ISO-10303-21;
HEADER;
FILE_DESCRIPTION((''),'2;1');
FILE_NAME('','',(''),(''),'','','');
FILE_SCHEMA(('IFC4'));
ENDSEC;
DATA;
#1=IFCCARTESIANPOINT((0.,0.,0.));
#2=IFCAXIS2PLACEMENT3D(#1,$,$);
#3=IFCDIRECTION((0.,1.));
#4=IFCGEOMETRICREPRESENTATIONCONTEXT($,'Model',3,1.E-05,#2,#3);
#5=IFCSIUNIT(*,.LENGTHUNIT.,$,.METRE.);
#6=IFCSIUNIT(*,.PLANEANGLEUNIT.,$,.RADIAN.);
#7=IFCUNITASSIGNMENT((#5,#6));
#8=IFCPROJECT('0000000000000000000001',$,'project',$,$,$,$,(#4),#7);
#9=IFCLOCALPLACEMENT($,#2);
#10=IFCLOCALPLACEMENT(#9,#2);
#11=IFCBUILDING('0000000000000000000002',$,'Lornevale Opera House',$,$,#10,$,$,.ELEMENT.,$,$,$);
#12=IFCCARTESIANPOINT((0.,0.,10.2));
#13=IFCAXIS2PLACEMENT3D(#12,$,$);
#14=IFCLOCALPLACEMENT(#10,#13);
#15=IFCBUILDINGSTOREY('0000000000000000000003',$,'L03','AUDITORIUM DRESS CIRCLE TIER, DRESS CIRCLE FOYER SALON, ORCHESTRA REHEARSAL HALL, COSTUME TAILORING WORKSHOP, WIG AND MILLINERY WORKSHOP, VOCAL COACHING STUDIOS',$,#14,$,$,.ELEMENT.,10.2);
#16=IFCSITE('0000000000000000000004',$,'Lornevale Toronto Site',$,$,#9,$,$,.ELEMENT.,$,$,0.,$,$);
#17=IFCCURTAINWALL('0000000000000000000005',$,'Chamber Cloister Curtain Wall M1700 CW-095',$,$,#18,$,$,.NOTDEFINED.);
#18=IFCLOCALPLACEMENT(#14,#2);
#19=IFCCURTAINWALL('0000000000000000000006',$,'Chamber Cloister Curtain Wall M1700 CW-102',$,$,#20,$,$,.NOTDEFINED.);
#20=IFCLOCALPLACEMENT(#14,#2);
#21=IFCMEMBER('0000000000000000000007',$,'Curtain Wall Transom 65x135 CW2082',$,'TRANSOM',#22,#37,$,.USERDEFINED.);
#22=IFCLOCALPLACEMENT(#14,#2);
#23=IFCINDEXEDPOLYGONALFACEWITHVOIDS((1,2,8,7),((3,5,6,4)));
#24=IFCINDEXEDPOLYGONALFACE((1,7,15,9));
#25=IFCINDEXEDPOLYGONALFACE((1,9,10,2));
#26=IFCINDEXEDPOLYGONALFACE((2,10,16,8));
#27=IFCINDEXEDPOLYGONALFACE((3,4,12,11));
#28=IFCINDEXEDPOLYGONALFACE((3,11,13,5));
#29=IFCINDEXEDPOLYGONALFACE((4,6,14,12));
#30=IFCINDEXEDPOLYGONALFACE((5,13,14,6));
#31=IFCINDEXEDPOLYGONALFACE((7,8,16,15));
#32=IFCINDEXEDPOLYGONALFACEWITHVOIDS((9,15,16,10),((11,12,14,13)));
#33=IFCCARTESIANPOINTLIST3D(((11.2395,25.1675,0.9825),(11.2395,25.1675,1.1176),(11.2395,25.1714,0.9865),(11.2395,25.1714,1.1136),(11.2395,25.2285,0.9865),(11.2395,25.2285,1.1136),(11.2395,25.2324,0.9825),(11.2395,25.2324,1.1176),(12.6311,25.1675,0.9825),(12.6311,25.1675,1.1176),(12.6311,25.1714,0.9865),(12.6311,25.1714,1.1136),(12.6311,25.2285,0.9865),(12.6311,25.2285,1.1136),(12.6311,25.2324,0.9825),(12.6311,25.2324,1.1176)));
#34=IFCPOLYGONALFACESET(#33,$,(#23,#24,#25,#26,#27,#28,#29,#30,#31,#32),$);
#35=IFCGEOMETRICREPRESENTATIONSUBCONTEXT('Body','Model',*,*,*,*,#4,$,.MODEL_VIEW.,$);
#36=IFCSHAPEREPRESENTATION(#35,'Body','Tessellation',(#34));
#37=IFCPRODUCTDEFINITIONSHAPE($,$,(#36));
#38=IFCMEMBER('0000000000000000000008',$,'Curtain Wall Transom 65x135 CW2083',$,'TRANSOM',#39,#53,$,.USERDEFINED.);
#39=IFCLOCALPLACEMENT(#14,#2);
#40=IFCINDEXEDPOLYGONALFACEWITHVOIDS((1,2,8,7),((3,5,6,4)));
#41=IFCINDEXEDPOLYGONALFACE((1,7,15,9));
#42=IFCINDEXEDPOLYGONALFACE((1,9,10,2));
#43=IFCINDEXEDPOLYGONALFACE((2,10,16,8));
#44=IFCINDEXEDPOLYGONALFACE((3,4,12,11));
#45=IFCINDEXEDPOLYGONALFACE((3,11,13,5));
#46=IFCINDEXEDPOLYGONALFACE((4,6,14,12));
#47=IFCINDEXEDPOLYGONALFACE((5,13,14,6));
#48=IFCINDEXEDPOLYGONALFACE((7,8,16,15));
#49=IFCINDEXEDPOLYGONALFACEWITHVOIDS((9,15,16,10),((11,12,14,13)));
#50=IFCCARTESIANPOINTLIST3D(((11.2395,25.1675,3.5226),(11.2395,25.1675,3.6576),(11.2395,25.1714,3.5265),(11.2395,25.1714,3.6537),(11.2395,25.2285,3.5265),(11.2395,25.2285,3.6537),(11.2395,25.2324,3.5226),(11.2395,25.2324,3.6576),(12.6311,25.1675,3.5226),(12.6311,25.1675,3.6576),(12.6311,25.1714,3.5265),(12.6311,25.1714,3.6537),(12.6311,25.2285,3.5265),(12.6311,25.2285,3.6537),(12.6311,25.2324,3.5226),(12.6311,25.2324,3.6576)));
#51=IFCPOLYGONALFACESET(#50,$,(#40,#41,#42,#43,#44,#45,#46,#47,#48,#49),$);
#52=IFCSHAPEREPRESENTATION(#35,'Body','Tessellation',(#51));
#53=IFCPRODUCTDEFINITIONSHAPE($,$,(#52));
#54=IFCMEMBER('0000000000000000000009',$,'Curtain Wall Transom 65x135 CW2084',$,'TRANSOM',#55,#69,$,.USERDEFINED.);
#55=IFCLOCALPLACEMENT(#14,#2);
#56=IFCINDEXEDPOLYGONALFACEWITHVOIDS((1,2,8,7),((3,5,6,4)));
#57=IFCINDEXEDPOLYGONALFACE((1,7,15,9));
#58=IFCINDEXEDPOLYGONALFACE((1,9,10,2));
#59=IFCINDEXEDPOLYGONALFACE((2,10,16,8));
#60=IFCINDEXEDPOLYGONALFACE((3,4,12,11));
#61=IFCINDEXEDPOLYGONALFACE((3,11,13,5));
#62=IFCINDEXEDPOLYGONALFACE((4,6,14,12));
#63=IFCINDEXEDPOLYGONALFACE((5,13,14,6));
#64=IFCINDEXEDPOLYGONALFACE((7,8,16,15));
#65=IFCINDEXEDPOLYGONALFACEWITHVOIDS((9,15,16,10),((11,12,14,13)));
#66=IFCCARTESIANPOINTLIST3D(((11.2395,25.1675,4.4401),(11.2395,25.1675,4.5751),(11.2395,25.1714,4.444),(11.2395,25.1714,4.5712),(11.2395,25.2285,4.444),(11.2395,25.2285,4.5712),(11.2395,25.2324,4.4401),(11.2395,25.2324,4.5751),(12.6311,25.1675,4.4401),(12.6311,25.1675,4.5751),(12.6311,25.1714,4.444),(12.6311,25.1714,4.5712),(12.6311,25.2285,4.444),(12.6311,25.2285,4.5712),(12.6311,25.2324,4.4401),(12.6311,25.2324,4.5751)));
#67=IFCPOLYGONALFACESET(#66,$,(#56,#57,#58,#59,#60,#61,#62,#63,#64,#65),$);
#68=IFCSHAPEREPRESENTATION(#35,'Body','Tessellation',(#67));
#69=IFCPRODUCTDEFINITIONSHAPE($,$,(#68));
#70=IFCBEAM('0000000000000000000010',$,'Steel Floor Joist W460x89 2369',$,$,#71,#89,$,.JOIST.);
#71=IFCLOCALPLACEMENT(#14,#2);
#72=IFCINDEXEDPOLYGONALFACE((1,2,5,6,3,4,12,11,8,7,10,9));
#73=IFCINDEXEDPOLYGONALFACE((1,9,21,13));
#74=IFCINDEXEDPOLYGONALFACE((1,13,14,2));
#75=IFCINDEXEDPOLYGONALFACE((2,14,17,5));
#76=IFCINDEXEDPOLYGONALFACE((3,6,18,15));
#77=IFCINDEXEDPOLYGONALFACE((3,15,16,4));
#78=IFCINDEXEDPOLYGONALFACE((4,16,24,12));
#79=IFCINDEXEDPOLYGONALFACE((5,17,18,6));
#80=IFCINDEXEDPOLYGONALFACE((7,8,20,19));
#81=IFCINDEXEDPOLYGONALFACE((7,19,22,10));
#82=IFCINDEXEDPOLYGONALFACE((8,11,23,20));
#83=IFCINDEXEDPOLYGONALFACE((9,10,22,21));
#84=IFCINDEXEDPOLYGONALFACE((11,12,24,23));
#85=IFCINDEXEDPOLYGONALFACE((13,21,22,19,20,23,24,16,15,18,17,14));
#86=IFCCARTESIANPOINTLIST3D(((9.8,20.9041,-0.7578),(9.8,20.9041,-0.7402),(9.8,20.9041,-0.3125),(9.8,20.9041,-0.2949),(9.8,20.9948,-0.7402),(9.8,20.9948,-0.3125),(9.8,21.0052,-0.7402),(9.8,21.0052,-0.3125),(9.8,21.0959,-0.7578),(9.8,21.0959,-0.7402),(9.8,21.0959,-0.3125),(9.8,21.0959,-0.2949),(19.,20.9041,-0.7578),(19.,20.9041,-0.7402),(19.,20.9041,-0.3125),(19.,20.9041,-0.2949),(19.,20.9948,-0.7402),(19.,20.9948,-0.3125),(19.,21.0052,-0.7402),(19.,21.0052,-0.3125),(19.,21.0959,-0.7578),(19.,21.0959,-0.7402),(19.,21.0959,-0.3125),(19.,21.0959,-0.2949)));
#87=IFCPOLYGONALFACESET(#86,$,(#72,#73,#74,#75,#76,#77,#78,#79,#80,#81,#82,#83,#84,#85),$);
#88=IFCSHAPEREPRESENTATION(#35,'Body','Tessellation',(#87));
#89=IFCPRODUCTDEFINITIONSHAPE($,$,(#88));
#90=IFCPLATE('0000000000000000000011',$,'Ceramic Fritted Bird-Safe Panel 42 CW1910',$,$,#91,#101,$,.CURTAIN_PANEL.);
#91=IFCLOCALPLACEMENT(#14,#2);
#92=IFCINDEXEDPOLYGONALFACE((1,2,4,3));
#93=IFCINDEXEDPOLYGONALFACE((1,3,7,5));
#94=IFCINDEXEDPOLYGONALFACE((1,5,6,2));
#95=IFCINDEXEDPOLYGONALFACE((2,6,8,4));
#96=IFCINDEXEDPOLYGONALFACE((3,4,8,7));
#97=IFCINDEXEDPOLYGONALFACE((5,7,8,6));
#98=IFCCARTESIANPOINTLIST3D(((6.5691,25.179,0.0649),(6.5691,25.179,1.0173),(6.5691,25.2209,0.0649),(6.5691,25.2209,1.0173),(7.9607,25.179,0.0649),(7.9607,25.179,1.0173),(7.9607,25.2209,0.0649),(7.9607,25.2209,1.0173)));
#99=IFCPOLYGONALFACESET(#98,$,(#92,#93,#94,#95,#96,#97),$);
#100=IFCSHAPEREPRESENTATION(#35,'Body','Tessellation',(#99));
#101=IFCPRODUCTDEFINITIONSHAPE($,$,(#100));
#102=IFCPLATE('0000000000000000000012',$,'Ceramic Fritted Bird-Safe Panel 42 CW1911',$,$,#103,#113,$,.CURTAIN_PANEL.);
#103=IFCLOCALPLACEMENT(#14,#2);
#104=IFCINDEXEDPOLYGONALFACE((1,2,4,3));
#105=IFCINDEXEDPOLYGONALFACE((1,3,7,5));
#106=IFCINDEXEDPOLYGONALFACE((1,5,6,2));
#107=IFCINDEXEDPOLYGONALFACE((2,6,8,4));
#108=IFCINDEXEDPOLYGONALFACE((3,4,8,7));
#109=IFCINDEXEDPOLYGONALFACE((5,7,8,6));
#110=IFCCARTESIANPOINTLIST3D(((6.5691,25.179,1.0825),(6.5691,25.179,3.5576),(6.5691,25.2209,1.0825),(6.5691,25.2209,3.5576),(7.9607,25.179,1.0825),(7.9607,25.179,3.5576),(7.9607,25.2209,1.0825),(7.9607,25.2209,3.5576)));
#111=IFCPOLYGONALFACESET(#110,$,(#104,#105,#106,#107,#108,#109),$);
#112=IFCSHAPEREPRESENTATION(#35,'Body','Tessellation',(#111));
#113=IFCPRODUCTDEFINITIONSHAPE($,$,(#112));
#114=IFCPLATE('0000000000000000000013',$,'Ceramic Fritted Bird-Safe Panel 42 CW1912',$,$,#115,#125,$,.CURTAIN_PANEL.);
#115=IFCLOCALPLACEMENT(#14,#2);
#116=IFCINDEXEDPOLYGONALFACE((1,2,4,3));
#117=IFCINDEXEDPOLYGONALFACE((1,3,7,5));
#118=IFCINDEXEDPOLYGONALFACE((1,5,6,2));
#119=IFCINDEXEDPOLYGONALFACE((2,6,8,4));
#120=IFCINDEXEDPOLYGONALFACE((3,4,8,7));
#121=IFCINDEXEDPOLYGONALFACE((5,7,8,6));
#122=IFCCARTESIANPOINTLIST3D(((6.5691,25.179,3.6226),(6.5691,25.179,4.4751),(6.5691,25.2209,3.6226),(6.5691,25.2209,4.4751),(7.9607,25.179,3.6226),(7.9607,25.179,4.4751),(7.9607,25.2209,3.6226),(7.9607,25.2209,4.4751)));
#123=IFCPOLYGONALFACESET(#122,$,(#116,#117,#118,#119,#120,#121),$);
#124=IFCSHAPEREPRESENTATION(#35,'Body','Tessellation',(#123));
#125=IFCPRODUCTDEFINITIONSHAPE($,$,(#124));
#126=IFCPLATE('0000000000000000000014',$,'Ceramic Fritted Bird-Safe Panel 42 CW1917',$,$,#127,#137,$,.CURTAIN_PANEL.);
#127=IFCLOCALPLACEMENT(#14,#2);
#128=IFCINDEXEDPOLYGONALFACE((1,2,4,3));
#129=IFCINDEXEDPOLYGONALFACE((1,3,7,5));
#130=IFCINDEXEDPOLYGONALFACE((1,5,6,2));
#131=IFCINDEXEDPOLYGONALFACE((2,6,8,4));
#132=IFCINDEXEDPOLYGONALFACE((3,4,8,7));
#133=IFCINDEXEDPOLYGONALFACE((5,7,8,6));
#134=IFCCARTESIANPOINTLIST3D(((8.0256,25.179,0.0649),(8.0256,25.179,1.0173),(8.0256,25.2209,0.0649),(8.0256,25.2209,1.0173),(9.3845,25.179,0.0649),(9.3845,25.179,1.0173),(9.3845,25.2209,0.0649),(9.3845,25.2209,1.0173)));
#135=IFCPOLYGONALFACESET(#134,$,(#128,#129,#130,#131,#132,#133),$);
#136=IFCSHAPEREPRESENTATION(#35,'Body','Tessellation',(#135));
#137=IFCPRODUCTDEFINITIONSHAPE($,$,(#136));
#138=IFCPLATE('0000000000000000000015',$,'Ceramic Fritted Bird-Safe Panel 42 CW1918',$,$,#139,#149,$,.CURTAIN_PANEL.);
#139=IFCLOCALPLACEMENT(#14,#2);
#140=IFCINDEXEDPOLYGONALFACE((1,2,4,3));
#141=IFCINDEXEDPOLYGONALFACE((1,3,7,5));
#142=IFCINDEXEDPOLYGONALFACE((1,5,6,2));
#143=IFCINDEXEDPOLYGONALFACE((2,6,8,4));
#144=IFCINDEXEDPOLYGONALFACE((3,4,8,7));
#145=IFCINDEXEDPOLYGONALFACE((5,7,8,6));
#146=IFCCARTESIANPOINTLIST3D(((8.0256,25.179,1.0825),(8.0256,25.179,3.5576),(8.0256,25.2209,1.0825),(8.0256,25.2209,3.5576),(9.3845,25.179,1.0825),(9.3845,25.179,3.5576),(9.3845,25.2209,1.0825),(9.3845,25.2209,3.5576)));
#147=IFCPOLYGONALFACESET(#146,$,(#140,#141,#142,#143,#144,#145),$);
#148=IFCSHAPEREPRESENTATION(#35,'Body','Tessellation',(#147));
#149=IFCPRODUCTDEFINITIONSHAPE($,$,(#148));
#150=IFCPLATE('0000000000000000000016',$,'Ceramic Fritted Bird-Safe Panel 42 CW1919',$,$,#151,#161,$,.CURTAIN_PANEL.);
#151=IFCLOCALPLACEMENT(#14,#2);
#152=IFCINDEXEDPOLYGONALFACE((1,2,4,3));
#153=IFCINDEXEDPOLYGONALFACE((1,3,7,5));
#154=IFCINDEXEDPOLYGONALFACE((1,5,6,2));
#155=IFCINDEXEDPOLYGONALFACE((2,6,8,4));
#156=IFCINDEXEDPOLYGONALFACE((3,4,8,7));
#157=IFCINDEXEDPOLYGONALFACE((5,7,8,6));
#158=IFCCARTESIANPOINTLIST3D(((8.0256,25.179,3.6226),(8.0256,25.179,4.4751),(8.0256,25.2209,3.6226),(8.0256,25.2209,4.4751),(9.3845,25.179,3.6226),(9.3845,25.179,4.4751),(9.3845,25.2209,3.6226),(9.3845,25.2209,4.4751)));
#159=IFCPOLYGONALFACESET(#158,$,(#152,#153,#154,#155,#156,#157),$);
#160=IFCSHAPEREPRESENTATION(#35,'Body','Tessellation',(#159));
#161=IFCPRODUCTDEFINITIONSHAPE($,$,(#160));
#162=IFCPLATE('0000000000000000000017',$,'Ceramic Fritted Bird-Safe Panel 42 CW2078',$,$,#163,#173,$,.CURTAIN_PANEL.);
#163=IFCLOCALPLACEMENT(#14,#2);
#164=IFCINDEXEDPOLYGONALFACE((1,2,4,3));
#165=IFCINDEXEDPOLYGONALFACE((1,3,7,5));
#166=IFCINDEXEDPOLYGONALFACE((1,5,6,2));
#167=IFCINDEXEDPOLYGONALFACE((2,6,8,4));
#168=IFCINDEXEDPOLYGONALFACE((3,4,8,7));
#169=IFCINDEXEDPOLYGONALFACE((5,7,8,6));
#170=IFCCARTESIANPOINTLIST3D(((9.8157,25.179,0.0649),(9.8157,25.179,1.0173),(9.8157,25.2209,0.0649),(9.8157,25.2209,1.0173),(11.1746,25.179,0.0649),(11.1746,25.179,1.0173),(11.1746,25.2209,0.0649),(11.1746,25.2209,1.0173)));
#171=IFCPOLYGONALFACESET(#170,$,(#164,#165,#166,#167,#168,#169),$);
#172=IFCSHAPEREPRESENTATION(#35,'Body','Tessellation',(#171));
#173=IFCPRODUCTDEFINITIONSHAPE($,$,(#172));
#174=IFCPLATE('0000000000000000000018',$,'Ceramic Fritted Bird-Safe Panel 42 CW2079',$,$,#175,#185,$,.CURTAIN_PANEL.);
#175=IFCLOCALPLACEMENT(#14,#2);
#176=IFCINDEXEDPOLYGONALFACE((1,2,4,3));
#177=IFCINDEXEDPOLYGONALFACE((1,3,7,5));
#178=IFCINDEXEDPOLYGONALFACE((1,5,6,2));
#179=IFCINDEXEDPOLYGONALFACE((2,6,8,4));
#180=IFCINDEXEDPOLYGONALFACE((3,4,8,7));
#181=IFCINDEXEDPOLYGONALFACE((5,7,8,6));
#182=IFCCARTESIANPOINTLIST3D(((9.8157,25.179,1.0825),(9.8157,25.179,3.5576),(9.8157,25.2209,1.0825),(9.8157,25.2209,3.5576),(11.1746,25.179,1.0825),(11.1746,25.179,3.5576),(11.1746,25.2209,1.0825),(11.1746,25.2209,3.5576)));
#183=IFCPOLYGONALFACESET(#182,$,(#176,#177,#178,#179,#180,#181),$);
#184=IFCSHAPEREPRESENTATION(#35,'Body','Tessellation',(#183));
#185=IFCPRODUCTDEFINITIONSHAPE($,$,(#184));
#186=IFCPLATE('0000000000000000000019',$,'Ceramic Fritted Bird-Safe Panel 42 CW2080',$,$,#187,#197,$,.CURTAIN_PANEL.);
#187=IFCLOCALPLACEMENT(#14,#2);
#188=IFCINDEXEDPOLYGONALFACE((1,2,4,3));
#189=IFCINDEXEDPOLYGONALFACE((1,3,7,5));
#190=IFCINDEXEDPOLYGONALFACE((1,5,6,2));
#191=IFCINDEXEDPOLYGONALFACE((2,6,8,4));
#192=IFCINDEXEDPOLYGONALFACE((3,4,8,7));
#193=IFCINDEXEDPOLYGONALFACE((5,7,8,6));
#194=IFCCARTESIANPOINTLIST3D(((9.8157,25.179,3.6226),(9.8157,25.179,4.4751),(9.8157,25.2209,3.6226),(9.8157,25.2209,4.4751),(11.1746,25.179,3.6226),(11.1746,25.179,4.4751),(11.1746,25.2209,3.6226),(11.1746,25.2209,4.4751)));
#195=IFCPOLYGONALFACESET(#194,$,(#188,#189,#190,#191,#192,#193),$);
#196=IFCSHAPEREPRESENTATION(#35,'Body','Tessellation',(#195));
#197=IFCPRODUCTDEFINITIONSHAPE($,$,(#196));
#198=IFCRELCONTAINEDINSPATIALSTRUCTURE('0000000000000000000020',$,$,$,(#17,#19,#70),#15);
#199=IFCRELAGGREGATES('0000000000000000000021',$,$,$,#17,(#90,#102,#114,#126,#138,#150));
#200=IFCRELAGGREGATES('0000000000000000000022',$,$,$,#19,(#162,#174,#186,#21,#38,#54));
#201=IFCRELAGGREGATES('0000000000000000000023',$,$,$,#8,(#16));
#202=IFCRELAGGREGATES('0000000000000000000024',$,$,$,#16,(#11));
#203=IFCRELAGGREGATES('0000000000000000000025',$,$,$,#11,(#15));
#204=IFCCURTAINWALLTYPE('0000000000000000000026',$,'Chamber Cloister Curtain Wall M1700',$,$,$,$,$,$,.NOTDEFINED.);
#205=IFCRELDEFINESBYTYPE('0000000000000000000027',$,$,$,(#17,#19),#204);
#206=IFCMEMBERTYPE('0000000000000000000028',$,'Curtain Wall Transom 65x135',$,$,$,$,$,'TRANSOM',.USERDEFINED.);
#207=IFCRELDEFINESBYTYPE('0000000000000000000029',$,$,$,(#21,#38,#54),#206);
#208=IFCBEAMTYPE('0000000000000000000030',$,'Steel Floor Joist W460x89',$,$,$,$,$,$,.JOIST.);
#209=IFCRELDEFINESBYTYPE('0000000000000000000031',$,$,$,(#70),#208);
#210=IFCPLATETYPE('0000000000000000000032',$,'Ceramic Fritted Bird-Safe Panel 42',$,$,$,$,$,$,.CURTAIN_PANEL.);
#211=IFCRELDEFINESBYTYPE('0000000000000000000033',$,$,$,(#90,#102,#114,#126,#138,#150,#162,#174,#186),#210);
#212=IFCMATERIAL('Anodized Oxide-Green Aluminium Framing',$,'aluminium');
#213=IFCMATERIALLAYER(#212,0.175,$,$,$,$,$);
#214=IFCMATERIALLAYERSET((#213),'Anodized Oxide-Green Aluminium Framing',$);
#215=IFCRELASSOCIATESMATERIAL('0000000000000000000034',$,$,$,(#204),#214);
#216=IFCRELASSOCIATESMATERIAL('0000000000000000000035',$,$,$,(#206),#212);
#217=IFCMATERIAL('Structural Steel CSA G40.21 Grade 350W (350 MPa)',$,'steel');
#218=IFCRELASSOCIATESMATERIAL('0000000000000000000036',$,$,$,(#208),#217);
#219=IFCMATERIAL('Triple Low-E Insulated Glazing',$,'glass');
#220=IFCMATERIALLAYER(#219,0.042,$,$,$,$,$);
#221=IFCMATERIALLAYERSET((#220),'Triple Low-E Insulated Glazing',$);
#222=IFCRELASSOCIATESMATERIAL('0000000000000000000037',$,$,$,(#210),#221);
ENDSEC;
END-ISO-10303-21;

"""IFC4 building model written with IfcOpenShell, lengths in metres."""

from ifc_helpers import new_model, si_unit, direction, frame, origin, origin_2d, place, context, subcontext, project, spatial, rectangle, hollow_rectangle, i_section, extrude, material, layer, layer_set, material_profile, profile_set, type_object, element, aggregate, save


model = new_model("IFC4")

# Units and contexts
model_context = context("Model", 3, precision=1e-05, world=origin(), true_north=direction((0.0, 1.0)))
body_context = subcontext(model_context, "Body", "Model", "MODEL_VIEW")
ifc_project = project(units=[si_unit("LENGTHUNIT", "METRE"), si_unit("PLANEANGLEUNIT", "RADIAN")], contexts=[model_context])

# Site, building, storey
site_placement = place(None, origin())
site = spatial("IfcSite", under=ifc_project, at=site_placement, Name="Lornevale Toronto Site", CompositionType="ELEMENT", RefElevation=0.0)
building_placement = place(site_placement, origin())
building = spatial("IfcBuilding", under=site, at=building_placement, Name="Lornevale Opera House", CompositionType="ELEMENT")
storey_placement = place(building_placement, frame((0.0, 0.0, 10.2)))
storey = spatial("IfcBuildingStorey", under=building, at=storey_placement, Name="L03", Description="AUDITORIUM DRESS CIRCLE TIER, DRESS CIRCLE FOYER SALON, ORCHESTRA REHEARSAL HALL, COSTUME TAILORING WORKSHOP, WIG AND MILLINERY WORKSHOP, VOCAL COACHING STUDIOS", CompositionType="ELEMENT", Elevation=10.2)

# Shared definitions
ifc_material_1 = material(Name="Structural Steel CSA G40.21 Grade 350W (350 MPa)", Category="steel")

# Curtain walls
ifc_material_2 = material(Name="Anodized Oxide-Green Aluminium Framing", Category="aluminium")
ifc_layer_1 = layer(ifc_material_2, 0.175)
ifc_layer_set_1 = layer_set([ifc_layer_1], Name="Anodized Oxide-Green Aluminium Framing")
curtain_wall_type = type_object("IfcCurtainWallType", Name="Chamber Cloister Curtain Wall M1700", PredefinedType="NOTDEFINED", material=ifc_layer_set_1)
curtain_wall_1_placement = place(storey_placement, origin())
curtain_wall_1 = element("IfcCurtainWall", 1, at=curtain_wall_1_placement, inside=storey, type_object=curtain_wall_type, Name="Chamber Cloister Curtain Wall M1700 CW-095", PredefinedType="NOTDEFINED")
curtain_wall_2_placement = place(storey_placement, origin())
curtain_wall_2 = element("IfcCurtainWall", 2, at=curtain_wall_2_placement, inside=storey, type_object=curtain_wall_type, Name="Chamber Cloister Curtain Wall M1700 CW-102", PredefinedType="NOTDEFINED")

# Members
ifc_material_profile_1 = material_profile(ifc_material_2, hollow_rectangle(XDim=0.0649, YDim=0.135, WallThickness=0.0039, at=origin_2d()), Name="ALU65x135x4")
ifc_profile_set_1 = profile_set([ifc_material_profile_1], Name="Anodized Oxide-Green Aluminium Framing")
member_type_1 = type_object("IfcMemberType", Name="Curtain Wall Transom 65x135", ElementType="TRANSOM", PredefinedType="USERDEFINED", material=ifc_profile_set_1)
member_1_placement = place(storey_placement, frame((11.2395, 25.2, 1.05), z_axis=(1.0, 0.0, 0.0), x_axis=(0.0, 1.0, 0.0)))
member_1 = element("IfcMember", 3, at=member_1_placement, type_object=member_type_1, Name="Curtain Wall Transom 65x135 CW2082", ObjectType="TRANSOM", PredefinedType="USERDEFINED", context=body_context, shape_type="SweptSolid", body=[
    extrude(hollow_rectangle(XDim=0.0649, YDim=0.135, WallThickness=0.0039, at=origin_2d()), origin(), (0.0, 0.0, 1.0), 1.3916),
])
member_2_placement = place(storey_placement, frame((11.2395, 25.2, 3.5901), z_axis=(1.0, 0.0, 0.0), x_axis=(0.0, 1.0, 0.0)))
member_2 = element("IfcMember", 4, at=member_2_placement, type_object=member_type_1, Name="Curtain Wall Transom 65x135 CW2083", ObjectType="TRANSOM", PredefinedType="USERDEFINED", context=body_context, shape_type="SweptSolid", body=[
    extrude(hollow_rectangle(XDim=0.0649, YDim=0.135, WallThickness=0.0039, at=origin_2d()), origin(), (0.0, 0.0, 1.0), 1.3916),
])
member_3_placement = place(storey_placement, frame((11.2395, 25.2, 4.5076), z_axis=(1.0, 0.0, 0.0), x_axis=(0.0, 1.0, 0.0)))
member_3 = element("IfcMember", 5, at=member_3_placement, type_object=member_type_1, Name="Curtain Wall Transom 65x135 CW2084", ObjectType="TRANSOM", PredefinedType="USERDEFINED", context=body_context, shape_type="SweptSolid", body=[
    extrude(hollow_rectangle(XDim=0.0649, YDim=0.135, WallThickness=0.0039, at=origin_2d()), origin(), (0.0, 0.0, 1.0), 1.3916),
])

# Beam
ifc_material_profile_2 = material_profile(ifc_material_1, i_section(OverallWidth=0.1919, OverallDepth=0.4629, WebThickness=0.0105, FlangeThickness=0.0176, at=origin_2d()), Name="W460x89")
ifc_profile_set_2 = profile_set([ifc_material_profile_2], Name="Structural Steel CSA G40.21 Grade 350W (350 MPa)")
beam_type_1 = type_object("IfcBeamType", Name="Steel Floor Joist W460x89", PredefinedType="JOIST", material=ifc_profile_set_2)
beam_1_placement = place(storey_placement, frame((9.8, 21.0, -0.5264), z_axis=(1.0, 0.0, 0.0), x_axis=(0.0, 1.0, 0.0)))
element("IfcBeam", 6, at=beam_1_placement, inside=storey, type_object=beam_type_1, Name="Steel Floor Joist W460x89 2369", PredefinedType="JOIST", context=body_context, shape_type="SweptSolid", body=[
    extrude(i_section(OverallWidth=0.1919, OverallDepth=0.4629, WebThickness=0.0105, FlangeThickness=0.0176, at=origin_2d()), origin(), (0.0, 0.0, 1.0), 9.2),
])

# Plates
ifc_material_3 = material(Name="Triple Low-E Insulated Glazing", Category="glass")
ifc_layer_2 = layer(ifc_material_3, 0.042)
ifc_layer_set_2 = layer_set([ifc_layer_2], Name="Triple Low-E Insulated Glazing")
plate_type_1 = type_object("IfcPlateType", Name="Ceramic Fritted Bird-Safe Panel 42", PredefinedType="CURTAIN_PANEL", material=ifc_layer_set_2)
plate_1_placement = place(storey_placement, frame((7.2649, 25.2, 0.0649), z_axis=(0.0, 0.0, 1.0), x_axis=(1.0, 0.0, 0.0)))
plate_1 = element("IfcPlate", 7, at=plate_1_placement, type_object=plate_type_1, Name="Ceramic Fritted Bird-Safe Panel 42 CW1910", PredefinedType="CURTAIN_PANEL", context=body_context, shape_type="SweptSolid", body=[
    extrude(rectangle(XDim=1.3916, YDim=0.042, at=origin_2d()), origin(), (0.0, 0.0, 1.0), 0.9524),
])
plate_2_placement = place(storey_placement, frame((7.2649, 25.2, 1.0825), z_axis=(0.0, 0.0, 1.0), x_axis=(1.0, 0.0, 0.0)))
plate_2 = element("IfcPlate", 8, at=plate_2_placement, type_object=plate_type_1, Name="Ceramic Fritted Bird-Safe Panel 42 CW1911", PredefinedType="CURTAIN_PANEL", context=body_context, shape_type="SweptSolid", body=[
    extrude(rectangle(XDim=1.3916, YDim=0.042, at=origin_2d()), origin(), (0.0, 0.0, 1.0), 2.4751),
])
plate_3_placement = place(storey_placement, frame((7.2649, 25.2, 3.6226), z_axis=(0.0, 0.0, 1.0), x_axis=(1.0, 0.0, 0.0)))
plate_3 = element("IfcPlate", 9, at=plate_3_placement, type_object=plate_type_1, Name="Ceramic Fritted Bird-Safe Panel 42 CW1912", PredefinedType="CURTAIN_PANEL", context=body_context, shape_type="SweptSolid", body=[
    extrude(rectangle(XDim=1.3916, YDim=0.042, at=origin_2d()), origin(), (0.0, 0.0, 1.0), 0.8525),
])
plate_4_placement = place(storey_placement, frame((8.7051, 25.2, 0.0649), z_axis=(0.0, 0.0, 1.0), x_axis=(1.0, 0.0, 0.0)))
plate_4 = element("IfcPlate", 10, at=plate_4_placement, type_object=plate_type_1, Name="Ceramic Fritted Bird-Safe Panel 42 CW1917", PredefinedType="CURTAIN_PANEL", context=body_context, shape_type="SweptSolid", body=[
    extrude(rectangle(XDim=1.3589, YDim=0.042, at=origin_2d()), origin(), (0.0, 0.0, 1.0), 0.9524),
])
plate_5_placement = place(storey_placement, frame((8.7051, 25.2, 1.0825), z_axis=(0.0, 0.0, 1.0), x_axis=(1.0, 0.0, 0.0)))
plate_5 = element("IfcPlate", 11, at=plate_5_placement, type_object=plate_type_1, Name="Ceramic Fritted Bird-Safe Panel 42 CW1918", PredefinedType="CURTAIN_PANEL", context=body_context, shape_type="SweptSolid", body=[
    extrude(rectangle(XDim=1.3589, YDim=0.042, at=origin_2d()), origin(), (0.0, 0.0, 1.0), 2.4751),
])
plate_6_placement = place(storey_placement, frame((8.7051, 25.2, 3.6226), z_axis=(0.0, 0.0, 1.0), x_axis=(1.0, 0.0, 0.0)))
plate_6 = element("IfcPlate", 12, at=plate_6_placement, type_object=plate_type_1, Name="Ceramic Fritted Bird-Safe Panel 42 CW1919", PredefinedType="CURTAIN_PANEL", context=body_context, shape_type="SweptSolid", body=[
    extrude(rectangle(XDim=1.3589, YDim=0.042, at=origin_2d()), origin(), (0.0, 0.0, 1.0), 0.8525),
])
aggregate(curtain_wall_1, [plate_1, plate_2, plate_3, plate_4, plate_5, plate_6])
plate_7_placement = place(storey_placement, frame((10.4951, 25.2, 0.0649), z_axis=(0.0, 0.0, 1.0), x_axis=(1.0, 0.0, 0.0)))
plate_7 = element("IfcPlate", 13, at=plate_7_placement, type_object=plate_type_1, Name="Ceramic Fritted Bird-Safe Panel 42 CW2078", PredefinedType="CURTAIN_PANEL", context=body_context, shape_type="SweptSolid", body=[
    extrude(rectangle(XDim=1.3589, YDim=0.042, at=origin_2d()), origin(), (0.0, 0.0, 1.0), 0.9524),
])
plate_8_placement = place(storey_placement, frame((10.4951, 25.2, 1.0825), z_axis=(0.0, 0.0, 1.0), x_axis=(1.0, 0.0, 0.0)))
plate_8 = element("IfcPlate", 14, at=plate_8_placement, type_object=plate_type_1, Name="Ceramic Fritted Bird-Safe Panel 42 CW2079", PredefinedType="CURTAIN_PANEL", context=body_context, shape_type="SweptSolid", body=[
    extrude(rectangle(XDim=1.3589, YDim=0.042, at=origin_2d()), origin(), (0.0, 0.0, 1.0), 2.4751),
])
plate_9_placement = place(storey_placement, frame((10.4951, 25.2, 3.6226), z_axis=(0.0, 0.0, 1.0), x_axis=(1.0, 0.0, 0.0)))
plate_9 = element("IfcPlate", 15, at=plate_9_placement, type_object=plate_type_1, Name="Ceramic Fritted Bird-Safe Panel 42 CW2080", PredefinedType="CURTAIN_PANEL", context=body_context, shape_type="SweptSolid", body=[
    extrude(rectangle(XDim=1.3589, YDim=0.042, at=origin_2d()), origin(), (0.0, 0.0, 1.0), 0.8525),
])
aggregate(curtain_wall_2, [plate_7, plate_8, plate_9, member_1, member_2, member_3])

save(model, "model.ifc")
